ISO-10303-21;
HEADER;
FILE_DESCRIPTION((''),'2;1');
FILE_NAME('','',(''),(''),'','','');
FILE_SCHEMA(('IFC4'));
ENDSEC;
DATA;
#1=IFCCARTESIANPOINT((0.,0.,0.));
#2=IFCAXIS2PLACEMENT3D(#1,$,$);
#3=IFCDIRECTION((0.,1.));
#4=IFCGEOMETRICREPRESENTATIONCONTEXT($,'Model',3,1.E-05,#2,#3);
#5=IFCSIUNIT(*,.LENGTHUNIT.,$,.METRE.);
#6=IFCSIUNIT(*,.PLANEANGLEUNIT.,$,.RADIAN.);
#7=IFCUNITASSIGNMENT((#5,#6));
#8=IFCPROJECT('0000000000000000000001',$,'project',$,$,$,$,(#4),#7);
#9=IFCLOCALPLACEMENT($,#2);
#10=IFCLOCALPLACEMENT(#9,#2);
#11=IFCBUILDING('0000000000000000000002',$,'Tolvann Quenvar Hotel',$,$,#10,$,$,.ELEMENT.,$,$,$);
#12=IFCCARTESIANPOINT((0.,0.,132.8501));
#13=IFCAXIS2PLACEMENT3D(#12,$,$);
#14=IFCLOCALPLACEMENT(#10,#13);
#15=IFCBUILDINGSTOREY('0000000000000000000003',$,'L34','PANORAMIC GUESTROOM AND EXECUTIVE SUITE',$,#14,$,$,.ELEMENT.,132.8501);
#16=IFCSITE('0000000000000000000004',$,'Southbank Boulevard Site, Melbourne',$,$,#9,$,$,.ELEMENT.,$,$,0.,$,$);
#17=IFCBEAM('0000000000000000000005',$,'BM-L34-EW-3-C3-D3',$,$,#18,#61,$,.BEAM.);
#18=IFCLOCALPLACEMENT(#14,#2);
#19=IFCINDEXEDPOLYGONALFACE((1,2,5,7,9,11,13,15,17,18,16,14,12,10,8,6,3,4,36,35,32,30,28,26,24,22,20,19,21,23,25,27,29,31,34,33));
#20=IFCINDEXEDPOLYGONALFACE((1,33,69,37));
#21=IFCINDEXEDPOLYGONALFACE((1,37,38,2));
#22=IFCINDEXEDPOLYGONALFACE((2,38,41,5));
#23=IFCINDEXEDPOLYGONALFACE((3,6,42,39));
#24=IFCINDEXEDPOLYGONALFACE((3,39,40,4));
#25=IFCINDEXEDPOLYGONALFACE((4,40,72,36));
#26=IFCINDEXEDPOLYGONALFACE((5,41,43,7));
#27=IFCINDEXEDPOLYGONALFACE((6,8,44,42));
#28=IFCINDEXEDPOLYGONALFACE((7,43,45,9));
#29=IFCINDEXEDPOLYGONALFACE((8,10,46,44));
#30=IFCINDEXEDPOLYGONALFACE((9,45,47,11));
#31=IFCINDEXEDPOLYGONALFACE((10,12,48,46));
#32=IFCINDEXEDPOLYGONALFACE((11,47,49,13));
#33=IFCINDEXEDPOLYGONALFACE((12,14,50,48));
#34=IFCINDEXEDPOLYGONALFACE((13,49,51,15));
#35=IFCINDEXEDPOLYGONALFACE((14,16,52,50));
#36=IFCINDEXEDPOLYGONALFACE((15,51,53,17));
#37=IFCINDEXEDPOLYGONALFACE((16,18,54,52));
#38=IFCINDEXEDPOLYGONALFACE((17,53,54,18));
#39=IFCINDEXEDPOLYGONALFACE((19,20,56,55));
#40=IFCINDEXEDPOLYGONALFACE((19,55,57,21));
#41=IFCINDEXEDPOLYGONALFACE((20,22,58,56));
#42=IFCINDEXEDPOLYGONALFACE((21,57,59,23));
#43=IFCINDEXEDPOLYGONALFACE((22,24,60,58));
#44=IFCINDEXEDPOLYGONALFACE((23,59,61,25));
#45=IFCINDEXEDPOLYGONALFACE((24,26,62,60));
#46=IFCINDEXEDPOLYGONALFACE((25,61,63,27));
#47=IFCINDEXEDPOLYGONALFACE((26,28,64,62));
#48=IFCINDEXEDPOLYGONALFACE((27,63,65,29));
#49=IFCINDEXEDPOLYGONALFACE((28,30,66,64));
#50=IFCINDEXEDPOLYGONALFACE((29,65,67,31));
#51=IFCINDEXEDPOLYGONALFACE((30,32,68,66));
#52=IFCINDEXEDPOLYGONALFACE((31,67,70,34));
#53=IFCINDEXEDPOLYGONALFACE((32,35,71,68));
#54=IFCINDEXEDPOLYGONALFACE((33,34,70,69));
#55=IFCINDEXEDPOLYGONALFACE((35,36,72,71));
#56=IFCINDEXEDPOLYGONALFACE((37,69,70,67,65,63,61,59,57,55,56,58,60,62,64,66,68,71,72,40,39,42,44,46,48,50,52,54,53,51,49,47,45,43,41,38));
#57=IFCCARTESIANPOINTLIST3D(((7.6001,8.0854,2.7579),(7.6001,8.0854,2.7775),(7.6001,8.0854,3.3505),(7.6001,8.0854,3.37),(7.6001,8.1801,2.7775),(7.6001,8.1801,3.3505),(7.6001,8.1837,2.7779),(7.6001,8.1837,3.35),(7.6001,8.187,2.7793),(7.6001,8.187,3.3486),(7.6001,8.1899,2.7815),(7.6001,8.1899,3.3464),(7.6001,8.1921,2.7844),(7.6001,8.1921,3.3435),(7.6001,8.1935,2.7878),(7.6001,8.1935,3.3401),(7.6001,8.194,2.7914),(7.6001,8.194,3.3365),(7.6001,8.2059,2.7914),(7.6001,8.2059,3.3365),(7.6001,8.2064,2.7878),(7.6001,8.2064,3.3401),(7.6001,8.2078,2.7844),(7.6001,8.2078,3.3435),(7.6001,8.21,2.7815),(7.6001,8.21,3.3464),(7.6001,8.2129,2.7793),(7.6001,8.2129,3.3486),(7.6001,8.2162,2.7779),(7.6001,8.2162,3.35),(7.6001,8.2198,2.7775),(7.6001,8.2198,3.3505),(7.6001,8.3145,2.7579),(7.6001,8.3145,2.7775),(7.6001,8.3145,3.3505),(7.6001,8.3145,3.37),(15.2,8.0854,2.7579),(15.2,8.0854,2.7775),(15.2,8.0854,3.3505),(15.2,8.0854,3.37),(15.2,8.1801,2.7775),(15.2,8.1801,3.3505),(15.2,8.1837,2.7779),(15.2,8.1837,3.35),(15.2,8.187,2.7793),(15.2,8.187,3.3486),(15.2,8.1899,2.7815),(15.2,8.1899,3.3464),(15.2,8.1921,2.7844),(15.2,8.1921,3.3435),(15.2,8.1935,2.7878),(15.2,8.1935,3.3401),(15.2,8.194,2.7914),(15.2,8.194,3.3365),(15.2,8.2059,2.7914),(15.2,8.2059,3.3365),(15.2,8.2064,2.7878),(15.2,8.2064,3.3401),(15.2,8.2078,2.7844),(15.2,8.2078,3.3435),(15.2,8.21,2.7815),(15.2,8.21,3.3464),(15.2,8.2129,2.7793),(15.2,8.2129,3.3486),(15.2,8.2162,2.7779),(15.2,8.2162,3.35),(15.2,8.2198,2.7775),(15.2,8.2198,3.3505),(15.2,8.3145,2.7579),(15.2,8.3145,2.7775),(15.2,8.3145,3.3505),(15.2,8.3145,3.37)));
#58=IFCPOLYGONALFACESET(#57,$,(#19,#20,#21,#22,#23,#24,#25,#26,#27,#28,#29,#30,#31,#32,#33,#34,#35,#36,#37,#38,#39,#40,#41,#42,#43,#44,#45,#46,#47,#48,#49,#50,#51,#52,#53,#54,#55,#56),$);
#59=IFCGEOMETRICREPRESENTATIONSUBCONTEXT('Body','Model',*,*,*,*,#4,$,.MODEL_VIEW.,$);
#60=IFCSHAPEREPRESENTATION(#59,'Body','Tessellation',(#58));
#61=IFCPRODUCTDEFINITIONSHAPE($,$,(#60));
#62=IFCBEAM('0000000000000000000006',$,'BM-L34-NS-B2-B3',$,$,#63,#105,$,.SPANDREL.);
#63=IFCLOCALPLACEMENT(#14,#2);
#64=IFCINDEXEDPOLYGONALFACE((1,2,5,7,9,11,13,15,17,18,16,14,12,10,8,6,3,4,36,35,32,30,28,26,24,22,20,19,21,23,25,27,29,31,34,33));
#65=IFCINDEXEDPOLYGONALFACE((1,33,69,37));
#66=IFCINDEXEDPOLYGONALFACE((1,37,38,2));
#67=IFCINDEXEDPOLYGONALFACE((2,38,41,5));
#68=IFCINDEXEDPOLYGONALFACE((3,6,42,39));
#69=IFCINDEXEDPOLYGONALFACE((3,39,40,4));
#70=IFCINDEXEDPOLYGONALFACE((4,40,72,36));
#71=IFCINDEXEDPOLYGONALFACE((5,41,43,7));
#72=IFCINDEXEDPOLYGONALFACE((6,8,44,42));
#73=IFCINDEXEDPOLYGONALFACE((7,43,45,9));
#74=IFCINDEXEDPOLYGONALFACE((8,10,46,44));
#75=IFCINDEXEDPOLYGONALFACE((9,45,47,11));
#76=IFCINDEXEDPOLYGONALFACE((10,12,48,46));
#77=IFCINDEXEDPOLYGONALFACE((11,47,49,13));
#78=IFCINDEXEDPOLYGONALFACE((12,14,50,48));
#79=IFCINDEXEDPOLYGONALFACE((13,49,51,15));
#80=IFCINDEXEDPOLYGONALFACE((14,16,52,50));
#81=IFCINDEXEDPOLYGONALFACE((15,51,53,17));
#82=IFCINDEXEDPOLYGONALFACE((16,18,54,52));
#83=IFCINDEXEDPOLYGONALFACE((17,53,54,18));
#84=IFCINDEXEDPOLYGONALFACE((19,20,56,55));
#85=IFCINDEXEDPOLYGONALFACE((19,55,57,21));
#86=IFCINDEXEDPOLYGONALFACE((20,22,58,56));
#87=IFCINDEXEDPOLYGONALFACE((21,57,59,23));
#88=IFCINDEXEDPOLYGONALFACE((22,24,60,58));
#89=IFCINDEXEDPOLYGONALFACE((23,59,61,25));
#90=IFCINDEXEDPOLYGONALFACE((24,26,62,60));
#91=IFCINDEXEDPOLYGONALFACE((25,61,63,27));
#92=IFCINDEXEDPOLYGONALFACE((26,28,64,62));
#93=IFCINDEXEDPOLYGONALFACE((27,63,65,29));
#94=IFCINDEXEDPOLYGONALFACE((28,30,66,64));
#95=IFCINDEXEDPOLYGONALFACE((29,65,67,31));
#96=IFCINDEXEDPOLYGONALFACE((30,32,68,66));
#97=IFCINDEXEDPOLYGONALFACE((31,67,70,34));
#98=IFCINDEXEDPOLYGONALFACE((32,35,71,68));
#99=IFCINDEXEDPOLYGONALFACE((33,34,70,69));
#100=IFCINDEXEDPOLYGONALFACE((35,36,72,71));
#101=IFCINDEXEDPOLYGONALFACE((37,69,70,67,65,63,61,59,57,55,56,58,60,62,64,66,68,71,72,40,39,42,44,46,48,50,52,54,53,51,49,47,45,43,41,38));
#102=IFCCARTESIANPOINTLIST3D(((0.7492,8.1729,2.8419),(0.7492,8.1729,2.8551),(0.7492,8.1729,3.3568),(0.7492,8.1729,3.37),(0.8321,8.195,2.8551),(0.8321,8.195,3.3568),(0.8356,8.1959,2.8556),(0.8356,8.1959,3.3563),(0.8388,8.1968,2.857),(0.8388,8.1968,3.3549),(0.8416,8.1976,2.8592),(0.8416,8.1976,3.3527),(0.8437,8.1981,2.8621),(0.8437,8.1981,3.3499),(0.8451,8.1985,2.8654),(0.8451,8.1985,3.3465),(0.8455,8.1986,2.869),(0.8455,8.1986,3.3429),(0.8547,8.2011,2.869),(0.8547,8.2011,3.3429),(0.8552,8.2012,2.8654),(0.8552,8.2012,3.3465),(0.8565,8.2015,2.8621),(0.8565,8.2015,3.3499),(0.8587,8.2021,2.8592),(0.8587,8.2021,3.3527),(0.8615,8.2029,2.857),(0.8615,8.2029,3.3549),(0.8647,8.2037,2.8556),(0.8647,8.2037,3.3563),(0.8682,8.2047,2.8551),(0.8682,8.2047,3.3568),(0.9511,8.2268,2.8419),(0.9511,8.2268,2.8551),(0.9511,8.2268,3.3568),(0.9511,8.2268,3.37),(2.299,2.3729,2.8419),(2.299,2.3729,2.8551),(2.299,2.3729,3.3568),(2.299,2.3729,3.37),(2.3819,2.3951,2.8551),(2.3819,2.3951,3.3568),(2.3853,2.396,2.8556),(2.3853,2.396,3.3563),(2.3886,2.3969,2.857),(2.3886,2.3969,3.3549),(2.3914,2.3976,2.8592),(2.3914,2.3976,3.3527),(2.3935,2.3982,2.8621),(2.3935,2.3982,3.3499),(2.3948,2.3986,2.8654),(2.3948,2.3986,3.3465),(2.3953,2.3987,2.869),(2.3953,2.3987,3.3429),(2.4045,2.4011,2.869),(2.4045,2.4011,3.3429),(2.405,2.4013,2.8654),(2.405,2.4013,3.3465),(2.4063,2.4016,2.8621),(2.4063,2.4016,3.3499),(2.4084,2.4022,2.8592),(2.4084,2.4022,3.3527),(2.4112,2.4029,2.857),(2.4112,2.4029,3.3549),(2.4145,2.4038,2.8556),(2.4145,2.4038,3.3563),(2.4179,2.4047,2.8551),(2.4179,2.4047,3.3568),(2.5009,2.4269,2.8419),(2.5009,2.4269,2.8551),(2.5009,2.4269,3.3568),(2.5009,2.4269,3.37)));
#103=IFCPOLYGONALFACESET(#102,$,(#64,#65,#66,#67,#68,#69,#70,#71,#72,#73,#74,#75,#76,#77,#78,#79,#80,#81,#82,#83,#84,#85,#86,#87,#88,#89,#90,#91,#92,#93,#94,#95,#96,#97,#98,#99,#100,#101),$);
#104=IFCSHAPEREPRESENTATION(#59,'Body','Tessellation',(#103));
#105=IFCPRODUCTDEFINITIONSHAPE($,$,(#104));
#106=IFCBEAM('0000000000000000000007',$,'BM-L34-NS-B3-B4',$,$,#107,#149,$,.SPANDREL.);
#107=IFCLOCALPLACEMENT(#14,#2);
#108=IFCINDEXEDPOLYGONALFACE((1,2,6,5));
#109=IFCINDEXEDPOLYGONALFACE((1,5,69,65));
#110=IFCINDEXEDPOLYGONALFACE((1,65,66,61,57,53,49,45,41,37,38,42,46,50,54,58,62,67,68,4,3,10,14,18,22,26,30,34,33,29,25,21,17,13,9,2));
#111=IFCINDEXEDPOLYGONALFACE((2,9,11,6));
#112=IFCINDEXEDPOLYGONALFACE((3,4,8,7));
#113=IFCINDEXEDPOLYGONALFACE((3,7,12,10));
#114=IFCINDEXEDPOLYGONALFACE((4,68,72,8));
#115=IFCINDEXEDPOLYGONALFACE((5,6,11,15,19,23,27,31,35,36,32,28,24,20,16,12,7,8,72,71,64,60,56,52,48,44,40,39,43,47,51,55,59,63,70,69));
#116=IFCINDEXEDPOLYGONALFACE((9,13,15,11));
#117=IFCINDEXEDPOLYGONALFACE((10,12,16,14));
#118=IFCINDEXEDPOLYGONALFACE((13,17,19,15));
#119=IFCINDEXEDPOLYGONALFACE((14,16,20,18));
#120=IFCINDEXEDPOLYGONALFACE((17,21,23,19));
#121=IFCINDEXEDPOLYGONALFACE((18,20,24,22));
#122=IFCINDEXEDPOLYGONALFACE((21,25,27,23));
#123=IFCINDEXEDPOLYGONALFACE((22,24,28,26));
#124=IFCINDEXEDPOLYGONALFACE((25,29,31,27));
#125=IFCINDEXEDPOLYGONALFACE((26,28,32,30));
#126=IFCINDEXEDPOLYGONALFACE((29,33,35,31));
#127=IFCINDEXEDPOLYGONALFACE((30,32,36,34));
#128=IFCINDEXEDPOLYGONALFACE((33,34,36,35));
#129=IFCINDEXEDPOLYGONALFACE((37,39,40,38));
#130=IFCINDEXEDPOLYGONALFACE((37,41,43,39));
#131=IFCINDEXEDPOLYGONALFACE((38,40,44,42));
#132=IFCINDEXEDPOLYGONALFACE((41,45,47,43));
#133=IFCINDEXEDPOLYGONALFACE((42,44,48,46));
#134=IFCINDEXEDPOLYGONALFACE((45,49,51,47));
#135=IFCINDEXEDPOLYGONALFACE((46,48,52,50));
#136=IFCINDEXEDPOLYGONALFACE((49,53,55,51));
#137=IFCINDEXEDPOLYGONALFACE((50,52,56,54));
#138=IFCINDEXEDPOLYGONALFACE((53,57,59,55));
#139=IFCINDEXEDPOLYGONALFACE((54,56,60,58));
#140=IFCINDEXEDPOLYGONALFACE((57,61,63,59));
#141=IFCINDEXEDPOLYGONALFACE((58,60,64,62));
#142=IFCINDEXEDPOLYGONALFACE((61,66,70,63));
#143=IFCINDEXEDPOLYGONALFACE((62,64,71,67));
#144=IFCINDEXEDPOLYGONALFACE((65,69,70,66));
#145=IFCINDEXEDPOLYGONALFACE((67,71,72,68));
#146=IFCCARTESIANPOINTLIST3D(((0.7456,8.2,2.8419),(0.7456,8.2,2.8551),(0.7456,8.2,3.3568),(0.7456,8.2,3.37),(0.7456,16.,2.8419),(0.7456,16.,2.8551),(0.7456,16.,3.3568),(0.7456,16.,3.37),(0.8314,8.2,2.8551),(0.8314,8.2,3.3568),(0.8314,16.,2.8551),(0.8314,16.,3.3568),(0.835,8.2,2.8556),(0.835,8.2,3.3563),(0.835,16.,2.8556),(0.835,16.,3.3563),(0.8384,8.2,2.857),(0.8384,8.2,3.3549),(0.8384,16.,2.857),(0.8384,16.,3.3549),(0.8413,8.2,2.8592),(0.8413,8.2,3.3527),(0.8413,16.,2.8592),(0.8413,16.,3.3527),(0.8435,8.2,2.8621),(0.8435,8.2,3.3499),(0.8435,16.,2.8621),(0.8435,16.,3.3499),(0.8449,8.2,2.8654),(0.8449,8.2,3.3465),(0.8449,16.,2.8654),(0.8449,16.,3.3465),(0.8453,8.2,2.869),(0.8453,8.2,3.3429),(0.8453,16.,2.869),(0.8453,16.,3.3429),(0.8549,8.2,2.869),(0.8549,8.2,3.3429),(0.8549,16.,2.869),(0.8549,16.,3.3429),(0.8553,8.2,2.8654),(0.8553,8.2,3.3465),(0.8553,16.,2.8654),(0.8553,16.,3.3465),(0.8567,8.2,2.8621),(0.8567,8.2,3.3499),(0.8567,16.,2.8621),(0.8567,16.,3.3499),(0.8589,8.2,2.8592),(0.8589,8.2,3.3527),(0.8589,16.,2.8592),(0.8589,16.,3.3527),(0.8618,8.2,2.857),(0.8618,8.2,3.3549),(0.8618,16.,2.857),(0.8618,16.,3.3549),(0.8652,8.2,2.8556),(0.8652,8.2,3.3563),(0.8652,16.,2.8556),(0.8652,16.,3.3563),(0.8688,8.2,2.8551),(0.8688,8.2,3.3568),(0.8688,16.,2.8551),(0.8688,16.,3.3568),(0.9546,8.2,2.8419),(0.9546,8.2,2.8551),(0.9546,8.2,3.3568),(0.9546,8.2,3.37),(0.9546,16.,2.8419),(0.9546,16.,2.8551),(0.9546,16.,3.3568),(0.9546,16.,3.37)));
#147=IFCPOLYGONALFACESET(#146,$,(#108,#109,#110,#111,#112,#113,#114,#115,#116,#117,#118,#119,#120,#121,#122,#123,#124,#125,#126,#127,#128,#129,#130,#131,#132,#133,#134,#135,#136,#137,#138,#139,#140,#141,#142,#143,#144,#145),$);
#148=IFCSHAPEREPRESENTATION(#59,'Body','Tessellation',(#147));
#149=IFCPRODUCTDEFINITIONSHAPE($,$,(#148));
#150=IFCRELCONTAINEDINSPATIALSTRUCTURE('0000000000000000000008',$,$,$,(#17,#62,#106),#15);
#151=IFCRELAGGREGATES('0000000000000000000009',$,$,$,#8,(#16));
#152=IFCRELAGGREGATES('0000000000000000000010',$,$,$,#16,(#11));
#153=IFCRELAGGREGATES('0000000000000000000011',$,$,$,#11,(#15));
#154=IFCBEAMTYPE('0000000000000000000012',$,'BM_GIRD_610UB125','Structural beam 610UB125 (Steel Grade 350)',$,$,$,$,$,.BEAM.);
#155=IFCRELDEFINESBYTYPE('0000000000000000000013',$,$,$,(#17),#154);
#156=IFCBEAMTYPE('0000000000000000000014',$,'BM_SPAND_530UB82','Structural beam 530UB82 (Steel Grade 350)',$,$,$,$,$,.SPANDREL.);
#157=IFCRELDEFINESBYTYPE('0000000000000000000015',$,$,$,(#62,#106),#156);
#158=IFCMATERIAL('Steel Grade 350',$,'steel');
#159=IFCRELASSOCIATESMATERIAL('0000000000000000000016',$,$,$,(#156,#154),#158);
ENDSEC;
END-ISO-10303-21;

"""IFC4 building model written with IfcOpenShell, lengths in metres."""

from ifc_helpers import new_model, si_unit, direction, frame, origin, origin_2d, place, context, subcontext, project, spatial, i_section, extrude, source, transform, mapped, material, material_profile, profile_set, type_object, type_shapes, element, save


model = new_model("IFC4")

# Units and contexts
model_context = context("Model", 3, precision=1e-05, world=origin(), true_north=direction((0.0, 1.0)))
body_context = subcontext(model_context, "Body", "Model", "MODEL_VIEW")
ifc_project = project(units=[si_unit("LENGTHUNIT", "METRE"), si_unit("PLANEANGLEUNIT", "RADIAN")], contexts=[model_context])

# Site, building, storey
site_placement = place(None, origin())
site = spatial("IfcSite", under=ifc_project, at=site_placement, Name="Southbank Boulevard Site, Melbourne", CompositionType="ELEMENT", RefElevation=0.0)
building_placement = place(site_placement, origin())
building = spatial("IfcBuilding", under=site, at=building_placement, Name="Tolvann Quenvar Hotel", CompositionType="ELEMENT")
storey_placement = place(building_placement, frame((0.0, 0.0, 132.8501)))
storey = spatial("IfcBuildingStorey", under=building, at=storey_placement, Name="L34", Description="PANORAMIC GUESTROOM AND EXECUTIVE SUITE", CompositionType="ELEMENT", Elevation=132.8501)

# Shared definitions
ifc_material_1 = material(Name="Steel Grade 350", Category="steel")

# Beams
ifc_material_profile_1 = material_profile(ifc_material_1, i_section(OverallWidth=0.209, OverallDepth=0.5281, WebThickness=0.0095, FlangeThickness=0.0132, FilletRadius=0.0139, at=origin_2d()), Name="530UB82")
ifc_profile_set_1 = profile_set([ifc_material_profile_1], Name="Steel Grade 350")
beam_type_1 = type_object("IfcBeamType", Name="BM_SPAND_530UB82", Description="Structural beam 530UB82 (Steel Grade 350)", PredefinedType="SPANDREL", material=ifc_profile_set_1)
ifc_material_profile_2 = material_profile(ifc_material_1, i_section(OverallWidth=0.229, OverallDepth=0.6121, WebThickness=0.012, FlangeThickness=0.0195, FilletRadius=0.0139, at=origin_2d()), Name="610UB125")
ifc_profile_set_2 = profile_set([ifc_material_profile_2], Name="Steel Grade 350")
beam_type_2 = type_object("IfcBeamType", Name="BM_GIRD_610UB125", Description="Structural beam 610UB125 (Steel Grade 350)", PredefinedType="BEAM", material=ifc_profile_set_2)
shared_shape_1 = source(origin(), body_context, "Body", "SweptSolid", [
    extrude(i_section(OverallWidth=0.229, OverallDepth=0.6121, WebThickness=0.012, FlangeThickness=0.0195, FilletRadius=0.0139, at=origin_2d()), origin(), (0.0, 0.0, 1.0), 7.5999),
])
type_shapes(beam_type_2, [shared_shape_1])
beam_1_placement = place(storey_placement, frame((7.6001, 8.2, 3.064), z_axis=(1.0, 0.0, 0.0), x_axis=(0.0, 1.0, 0.0)))
element("IfcBeam", 1, at=beam_1_placement, inside=storey, type_object=beam_type_2, Name="BM-L34-EW-3-C3-D3", PredefinedType="BEAM", context=body_context, shape_type="MappedRepresentation", body=[
    mapped(shared_shape_1, transform((0.0, 0.0, 0.0), x_axis=(1.0, 0.0, 0.0), y_axis=(0.0, 1.0, 0.0), z_axis=(0.0, 0.0, 1.0), scale=1.0)),
])
shared_shape_2 = source(origin(), body_context, "Body", "SweptSolid", [
    extrude(i_section(OverallWidth=0.209, OverallDepth=0.5281, WebThickness=0.0095, FlangeThickness=0.0132, FilletRadius=0.0139, at=origin_2d()), origin(), (0.0, 0.0, 1.0), 6.0034),
])
beam_2_placement = place(storey_placement, frame((2.3999, 2.3999, 3.106), z_axis=(-0.258149, 0.966105, 0.0), x_axis=(-0.966105, -0.258149, 0.0)))
element("IfcBeam", 2, at=beam_2_placement, inside=storey, type_object=beam_type_1, Name="BM-L34-NS-B2-B3", PredefinedType="SPANDREL", context=body_context, shape_type="MappedRepresentation", body=[
    mapped(shared_shape_2, transform((0.0, 0.0, 0.0), x_axis=(1.0, 0.0, 0.0), y_axis=(0.0, 1.0, 0.0), z_axis=(0.0, 0.0, 1.0), scale=1.0)),
])
shared_shape_3 = source(origin(), body_context, "Body", "SweptSolid", [
    extrude(i_section(OverallWidth=0.209, OverallDepth=0.5281, WebThickness=0.0095, FlangeThickness=0.0132, FilletRadius=0.0139, at=origin_2d()), origin(), (0.0, 0.0, 1.0), 7.8),
])
beam_3_placement = place(storey_placement, frame((0.8501, 8.2, 3.106), z_axis=(0.0, 1.0, 0.0), x_axis=(-1.0, 0.0, 0.0)))
element("IfcBeam", 3, at=beam_3_placement, inside=storey, type_object=beam_type_1, Name="BM-L34-NS-B3-B4", PredefinedType="SPANDREL", context=body_context, shape_type="MappedRepresentation", body=[
    mapped(shared_shape_3, transform((0.0, 0.0, 0.0), x_axis=(1.0, 0.0, 0.0), y_axis=(0.0, 1.0, 0.0), z_axis=(0.0, 0.0, 1.0), scale=1.0)),
])

save(model, "model.ifc")
